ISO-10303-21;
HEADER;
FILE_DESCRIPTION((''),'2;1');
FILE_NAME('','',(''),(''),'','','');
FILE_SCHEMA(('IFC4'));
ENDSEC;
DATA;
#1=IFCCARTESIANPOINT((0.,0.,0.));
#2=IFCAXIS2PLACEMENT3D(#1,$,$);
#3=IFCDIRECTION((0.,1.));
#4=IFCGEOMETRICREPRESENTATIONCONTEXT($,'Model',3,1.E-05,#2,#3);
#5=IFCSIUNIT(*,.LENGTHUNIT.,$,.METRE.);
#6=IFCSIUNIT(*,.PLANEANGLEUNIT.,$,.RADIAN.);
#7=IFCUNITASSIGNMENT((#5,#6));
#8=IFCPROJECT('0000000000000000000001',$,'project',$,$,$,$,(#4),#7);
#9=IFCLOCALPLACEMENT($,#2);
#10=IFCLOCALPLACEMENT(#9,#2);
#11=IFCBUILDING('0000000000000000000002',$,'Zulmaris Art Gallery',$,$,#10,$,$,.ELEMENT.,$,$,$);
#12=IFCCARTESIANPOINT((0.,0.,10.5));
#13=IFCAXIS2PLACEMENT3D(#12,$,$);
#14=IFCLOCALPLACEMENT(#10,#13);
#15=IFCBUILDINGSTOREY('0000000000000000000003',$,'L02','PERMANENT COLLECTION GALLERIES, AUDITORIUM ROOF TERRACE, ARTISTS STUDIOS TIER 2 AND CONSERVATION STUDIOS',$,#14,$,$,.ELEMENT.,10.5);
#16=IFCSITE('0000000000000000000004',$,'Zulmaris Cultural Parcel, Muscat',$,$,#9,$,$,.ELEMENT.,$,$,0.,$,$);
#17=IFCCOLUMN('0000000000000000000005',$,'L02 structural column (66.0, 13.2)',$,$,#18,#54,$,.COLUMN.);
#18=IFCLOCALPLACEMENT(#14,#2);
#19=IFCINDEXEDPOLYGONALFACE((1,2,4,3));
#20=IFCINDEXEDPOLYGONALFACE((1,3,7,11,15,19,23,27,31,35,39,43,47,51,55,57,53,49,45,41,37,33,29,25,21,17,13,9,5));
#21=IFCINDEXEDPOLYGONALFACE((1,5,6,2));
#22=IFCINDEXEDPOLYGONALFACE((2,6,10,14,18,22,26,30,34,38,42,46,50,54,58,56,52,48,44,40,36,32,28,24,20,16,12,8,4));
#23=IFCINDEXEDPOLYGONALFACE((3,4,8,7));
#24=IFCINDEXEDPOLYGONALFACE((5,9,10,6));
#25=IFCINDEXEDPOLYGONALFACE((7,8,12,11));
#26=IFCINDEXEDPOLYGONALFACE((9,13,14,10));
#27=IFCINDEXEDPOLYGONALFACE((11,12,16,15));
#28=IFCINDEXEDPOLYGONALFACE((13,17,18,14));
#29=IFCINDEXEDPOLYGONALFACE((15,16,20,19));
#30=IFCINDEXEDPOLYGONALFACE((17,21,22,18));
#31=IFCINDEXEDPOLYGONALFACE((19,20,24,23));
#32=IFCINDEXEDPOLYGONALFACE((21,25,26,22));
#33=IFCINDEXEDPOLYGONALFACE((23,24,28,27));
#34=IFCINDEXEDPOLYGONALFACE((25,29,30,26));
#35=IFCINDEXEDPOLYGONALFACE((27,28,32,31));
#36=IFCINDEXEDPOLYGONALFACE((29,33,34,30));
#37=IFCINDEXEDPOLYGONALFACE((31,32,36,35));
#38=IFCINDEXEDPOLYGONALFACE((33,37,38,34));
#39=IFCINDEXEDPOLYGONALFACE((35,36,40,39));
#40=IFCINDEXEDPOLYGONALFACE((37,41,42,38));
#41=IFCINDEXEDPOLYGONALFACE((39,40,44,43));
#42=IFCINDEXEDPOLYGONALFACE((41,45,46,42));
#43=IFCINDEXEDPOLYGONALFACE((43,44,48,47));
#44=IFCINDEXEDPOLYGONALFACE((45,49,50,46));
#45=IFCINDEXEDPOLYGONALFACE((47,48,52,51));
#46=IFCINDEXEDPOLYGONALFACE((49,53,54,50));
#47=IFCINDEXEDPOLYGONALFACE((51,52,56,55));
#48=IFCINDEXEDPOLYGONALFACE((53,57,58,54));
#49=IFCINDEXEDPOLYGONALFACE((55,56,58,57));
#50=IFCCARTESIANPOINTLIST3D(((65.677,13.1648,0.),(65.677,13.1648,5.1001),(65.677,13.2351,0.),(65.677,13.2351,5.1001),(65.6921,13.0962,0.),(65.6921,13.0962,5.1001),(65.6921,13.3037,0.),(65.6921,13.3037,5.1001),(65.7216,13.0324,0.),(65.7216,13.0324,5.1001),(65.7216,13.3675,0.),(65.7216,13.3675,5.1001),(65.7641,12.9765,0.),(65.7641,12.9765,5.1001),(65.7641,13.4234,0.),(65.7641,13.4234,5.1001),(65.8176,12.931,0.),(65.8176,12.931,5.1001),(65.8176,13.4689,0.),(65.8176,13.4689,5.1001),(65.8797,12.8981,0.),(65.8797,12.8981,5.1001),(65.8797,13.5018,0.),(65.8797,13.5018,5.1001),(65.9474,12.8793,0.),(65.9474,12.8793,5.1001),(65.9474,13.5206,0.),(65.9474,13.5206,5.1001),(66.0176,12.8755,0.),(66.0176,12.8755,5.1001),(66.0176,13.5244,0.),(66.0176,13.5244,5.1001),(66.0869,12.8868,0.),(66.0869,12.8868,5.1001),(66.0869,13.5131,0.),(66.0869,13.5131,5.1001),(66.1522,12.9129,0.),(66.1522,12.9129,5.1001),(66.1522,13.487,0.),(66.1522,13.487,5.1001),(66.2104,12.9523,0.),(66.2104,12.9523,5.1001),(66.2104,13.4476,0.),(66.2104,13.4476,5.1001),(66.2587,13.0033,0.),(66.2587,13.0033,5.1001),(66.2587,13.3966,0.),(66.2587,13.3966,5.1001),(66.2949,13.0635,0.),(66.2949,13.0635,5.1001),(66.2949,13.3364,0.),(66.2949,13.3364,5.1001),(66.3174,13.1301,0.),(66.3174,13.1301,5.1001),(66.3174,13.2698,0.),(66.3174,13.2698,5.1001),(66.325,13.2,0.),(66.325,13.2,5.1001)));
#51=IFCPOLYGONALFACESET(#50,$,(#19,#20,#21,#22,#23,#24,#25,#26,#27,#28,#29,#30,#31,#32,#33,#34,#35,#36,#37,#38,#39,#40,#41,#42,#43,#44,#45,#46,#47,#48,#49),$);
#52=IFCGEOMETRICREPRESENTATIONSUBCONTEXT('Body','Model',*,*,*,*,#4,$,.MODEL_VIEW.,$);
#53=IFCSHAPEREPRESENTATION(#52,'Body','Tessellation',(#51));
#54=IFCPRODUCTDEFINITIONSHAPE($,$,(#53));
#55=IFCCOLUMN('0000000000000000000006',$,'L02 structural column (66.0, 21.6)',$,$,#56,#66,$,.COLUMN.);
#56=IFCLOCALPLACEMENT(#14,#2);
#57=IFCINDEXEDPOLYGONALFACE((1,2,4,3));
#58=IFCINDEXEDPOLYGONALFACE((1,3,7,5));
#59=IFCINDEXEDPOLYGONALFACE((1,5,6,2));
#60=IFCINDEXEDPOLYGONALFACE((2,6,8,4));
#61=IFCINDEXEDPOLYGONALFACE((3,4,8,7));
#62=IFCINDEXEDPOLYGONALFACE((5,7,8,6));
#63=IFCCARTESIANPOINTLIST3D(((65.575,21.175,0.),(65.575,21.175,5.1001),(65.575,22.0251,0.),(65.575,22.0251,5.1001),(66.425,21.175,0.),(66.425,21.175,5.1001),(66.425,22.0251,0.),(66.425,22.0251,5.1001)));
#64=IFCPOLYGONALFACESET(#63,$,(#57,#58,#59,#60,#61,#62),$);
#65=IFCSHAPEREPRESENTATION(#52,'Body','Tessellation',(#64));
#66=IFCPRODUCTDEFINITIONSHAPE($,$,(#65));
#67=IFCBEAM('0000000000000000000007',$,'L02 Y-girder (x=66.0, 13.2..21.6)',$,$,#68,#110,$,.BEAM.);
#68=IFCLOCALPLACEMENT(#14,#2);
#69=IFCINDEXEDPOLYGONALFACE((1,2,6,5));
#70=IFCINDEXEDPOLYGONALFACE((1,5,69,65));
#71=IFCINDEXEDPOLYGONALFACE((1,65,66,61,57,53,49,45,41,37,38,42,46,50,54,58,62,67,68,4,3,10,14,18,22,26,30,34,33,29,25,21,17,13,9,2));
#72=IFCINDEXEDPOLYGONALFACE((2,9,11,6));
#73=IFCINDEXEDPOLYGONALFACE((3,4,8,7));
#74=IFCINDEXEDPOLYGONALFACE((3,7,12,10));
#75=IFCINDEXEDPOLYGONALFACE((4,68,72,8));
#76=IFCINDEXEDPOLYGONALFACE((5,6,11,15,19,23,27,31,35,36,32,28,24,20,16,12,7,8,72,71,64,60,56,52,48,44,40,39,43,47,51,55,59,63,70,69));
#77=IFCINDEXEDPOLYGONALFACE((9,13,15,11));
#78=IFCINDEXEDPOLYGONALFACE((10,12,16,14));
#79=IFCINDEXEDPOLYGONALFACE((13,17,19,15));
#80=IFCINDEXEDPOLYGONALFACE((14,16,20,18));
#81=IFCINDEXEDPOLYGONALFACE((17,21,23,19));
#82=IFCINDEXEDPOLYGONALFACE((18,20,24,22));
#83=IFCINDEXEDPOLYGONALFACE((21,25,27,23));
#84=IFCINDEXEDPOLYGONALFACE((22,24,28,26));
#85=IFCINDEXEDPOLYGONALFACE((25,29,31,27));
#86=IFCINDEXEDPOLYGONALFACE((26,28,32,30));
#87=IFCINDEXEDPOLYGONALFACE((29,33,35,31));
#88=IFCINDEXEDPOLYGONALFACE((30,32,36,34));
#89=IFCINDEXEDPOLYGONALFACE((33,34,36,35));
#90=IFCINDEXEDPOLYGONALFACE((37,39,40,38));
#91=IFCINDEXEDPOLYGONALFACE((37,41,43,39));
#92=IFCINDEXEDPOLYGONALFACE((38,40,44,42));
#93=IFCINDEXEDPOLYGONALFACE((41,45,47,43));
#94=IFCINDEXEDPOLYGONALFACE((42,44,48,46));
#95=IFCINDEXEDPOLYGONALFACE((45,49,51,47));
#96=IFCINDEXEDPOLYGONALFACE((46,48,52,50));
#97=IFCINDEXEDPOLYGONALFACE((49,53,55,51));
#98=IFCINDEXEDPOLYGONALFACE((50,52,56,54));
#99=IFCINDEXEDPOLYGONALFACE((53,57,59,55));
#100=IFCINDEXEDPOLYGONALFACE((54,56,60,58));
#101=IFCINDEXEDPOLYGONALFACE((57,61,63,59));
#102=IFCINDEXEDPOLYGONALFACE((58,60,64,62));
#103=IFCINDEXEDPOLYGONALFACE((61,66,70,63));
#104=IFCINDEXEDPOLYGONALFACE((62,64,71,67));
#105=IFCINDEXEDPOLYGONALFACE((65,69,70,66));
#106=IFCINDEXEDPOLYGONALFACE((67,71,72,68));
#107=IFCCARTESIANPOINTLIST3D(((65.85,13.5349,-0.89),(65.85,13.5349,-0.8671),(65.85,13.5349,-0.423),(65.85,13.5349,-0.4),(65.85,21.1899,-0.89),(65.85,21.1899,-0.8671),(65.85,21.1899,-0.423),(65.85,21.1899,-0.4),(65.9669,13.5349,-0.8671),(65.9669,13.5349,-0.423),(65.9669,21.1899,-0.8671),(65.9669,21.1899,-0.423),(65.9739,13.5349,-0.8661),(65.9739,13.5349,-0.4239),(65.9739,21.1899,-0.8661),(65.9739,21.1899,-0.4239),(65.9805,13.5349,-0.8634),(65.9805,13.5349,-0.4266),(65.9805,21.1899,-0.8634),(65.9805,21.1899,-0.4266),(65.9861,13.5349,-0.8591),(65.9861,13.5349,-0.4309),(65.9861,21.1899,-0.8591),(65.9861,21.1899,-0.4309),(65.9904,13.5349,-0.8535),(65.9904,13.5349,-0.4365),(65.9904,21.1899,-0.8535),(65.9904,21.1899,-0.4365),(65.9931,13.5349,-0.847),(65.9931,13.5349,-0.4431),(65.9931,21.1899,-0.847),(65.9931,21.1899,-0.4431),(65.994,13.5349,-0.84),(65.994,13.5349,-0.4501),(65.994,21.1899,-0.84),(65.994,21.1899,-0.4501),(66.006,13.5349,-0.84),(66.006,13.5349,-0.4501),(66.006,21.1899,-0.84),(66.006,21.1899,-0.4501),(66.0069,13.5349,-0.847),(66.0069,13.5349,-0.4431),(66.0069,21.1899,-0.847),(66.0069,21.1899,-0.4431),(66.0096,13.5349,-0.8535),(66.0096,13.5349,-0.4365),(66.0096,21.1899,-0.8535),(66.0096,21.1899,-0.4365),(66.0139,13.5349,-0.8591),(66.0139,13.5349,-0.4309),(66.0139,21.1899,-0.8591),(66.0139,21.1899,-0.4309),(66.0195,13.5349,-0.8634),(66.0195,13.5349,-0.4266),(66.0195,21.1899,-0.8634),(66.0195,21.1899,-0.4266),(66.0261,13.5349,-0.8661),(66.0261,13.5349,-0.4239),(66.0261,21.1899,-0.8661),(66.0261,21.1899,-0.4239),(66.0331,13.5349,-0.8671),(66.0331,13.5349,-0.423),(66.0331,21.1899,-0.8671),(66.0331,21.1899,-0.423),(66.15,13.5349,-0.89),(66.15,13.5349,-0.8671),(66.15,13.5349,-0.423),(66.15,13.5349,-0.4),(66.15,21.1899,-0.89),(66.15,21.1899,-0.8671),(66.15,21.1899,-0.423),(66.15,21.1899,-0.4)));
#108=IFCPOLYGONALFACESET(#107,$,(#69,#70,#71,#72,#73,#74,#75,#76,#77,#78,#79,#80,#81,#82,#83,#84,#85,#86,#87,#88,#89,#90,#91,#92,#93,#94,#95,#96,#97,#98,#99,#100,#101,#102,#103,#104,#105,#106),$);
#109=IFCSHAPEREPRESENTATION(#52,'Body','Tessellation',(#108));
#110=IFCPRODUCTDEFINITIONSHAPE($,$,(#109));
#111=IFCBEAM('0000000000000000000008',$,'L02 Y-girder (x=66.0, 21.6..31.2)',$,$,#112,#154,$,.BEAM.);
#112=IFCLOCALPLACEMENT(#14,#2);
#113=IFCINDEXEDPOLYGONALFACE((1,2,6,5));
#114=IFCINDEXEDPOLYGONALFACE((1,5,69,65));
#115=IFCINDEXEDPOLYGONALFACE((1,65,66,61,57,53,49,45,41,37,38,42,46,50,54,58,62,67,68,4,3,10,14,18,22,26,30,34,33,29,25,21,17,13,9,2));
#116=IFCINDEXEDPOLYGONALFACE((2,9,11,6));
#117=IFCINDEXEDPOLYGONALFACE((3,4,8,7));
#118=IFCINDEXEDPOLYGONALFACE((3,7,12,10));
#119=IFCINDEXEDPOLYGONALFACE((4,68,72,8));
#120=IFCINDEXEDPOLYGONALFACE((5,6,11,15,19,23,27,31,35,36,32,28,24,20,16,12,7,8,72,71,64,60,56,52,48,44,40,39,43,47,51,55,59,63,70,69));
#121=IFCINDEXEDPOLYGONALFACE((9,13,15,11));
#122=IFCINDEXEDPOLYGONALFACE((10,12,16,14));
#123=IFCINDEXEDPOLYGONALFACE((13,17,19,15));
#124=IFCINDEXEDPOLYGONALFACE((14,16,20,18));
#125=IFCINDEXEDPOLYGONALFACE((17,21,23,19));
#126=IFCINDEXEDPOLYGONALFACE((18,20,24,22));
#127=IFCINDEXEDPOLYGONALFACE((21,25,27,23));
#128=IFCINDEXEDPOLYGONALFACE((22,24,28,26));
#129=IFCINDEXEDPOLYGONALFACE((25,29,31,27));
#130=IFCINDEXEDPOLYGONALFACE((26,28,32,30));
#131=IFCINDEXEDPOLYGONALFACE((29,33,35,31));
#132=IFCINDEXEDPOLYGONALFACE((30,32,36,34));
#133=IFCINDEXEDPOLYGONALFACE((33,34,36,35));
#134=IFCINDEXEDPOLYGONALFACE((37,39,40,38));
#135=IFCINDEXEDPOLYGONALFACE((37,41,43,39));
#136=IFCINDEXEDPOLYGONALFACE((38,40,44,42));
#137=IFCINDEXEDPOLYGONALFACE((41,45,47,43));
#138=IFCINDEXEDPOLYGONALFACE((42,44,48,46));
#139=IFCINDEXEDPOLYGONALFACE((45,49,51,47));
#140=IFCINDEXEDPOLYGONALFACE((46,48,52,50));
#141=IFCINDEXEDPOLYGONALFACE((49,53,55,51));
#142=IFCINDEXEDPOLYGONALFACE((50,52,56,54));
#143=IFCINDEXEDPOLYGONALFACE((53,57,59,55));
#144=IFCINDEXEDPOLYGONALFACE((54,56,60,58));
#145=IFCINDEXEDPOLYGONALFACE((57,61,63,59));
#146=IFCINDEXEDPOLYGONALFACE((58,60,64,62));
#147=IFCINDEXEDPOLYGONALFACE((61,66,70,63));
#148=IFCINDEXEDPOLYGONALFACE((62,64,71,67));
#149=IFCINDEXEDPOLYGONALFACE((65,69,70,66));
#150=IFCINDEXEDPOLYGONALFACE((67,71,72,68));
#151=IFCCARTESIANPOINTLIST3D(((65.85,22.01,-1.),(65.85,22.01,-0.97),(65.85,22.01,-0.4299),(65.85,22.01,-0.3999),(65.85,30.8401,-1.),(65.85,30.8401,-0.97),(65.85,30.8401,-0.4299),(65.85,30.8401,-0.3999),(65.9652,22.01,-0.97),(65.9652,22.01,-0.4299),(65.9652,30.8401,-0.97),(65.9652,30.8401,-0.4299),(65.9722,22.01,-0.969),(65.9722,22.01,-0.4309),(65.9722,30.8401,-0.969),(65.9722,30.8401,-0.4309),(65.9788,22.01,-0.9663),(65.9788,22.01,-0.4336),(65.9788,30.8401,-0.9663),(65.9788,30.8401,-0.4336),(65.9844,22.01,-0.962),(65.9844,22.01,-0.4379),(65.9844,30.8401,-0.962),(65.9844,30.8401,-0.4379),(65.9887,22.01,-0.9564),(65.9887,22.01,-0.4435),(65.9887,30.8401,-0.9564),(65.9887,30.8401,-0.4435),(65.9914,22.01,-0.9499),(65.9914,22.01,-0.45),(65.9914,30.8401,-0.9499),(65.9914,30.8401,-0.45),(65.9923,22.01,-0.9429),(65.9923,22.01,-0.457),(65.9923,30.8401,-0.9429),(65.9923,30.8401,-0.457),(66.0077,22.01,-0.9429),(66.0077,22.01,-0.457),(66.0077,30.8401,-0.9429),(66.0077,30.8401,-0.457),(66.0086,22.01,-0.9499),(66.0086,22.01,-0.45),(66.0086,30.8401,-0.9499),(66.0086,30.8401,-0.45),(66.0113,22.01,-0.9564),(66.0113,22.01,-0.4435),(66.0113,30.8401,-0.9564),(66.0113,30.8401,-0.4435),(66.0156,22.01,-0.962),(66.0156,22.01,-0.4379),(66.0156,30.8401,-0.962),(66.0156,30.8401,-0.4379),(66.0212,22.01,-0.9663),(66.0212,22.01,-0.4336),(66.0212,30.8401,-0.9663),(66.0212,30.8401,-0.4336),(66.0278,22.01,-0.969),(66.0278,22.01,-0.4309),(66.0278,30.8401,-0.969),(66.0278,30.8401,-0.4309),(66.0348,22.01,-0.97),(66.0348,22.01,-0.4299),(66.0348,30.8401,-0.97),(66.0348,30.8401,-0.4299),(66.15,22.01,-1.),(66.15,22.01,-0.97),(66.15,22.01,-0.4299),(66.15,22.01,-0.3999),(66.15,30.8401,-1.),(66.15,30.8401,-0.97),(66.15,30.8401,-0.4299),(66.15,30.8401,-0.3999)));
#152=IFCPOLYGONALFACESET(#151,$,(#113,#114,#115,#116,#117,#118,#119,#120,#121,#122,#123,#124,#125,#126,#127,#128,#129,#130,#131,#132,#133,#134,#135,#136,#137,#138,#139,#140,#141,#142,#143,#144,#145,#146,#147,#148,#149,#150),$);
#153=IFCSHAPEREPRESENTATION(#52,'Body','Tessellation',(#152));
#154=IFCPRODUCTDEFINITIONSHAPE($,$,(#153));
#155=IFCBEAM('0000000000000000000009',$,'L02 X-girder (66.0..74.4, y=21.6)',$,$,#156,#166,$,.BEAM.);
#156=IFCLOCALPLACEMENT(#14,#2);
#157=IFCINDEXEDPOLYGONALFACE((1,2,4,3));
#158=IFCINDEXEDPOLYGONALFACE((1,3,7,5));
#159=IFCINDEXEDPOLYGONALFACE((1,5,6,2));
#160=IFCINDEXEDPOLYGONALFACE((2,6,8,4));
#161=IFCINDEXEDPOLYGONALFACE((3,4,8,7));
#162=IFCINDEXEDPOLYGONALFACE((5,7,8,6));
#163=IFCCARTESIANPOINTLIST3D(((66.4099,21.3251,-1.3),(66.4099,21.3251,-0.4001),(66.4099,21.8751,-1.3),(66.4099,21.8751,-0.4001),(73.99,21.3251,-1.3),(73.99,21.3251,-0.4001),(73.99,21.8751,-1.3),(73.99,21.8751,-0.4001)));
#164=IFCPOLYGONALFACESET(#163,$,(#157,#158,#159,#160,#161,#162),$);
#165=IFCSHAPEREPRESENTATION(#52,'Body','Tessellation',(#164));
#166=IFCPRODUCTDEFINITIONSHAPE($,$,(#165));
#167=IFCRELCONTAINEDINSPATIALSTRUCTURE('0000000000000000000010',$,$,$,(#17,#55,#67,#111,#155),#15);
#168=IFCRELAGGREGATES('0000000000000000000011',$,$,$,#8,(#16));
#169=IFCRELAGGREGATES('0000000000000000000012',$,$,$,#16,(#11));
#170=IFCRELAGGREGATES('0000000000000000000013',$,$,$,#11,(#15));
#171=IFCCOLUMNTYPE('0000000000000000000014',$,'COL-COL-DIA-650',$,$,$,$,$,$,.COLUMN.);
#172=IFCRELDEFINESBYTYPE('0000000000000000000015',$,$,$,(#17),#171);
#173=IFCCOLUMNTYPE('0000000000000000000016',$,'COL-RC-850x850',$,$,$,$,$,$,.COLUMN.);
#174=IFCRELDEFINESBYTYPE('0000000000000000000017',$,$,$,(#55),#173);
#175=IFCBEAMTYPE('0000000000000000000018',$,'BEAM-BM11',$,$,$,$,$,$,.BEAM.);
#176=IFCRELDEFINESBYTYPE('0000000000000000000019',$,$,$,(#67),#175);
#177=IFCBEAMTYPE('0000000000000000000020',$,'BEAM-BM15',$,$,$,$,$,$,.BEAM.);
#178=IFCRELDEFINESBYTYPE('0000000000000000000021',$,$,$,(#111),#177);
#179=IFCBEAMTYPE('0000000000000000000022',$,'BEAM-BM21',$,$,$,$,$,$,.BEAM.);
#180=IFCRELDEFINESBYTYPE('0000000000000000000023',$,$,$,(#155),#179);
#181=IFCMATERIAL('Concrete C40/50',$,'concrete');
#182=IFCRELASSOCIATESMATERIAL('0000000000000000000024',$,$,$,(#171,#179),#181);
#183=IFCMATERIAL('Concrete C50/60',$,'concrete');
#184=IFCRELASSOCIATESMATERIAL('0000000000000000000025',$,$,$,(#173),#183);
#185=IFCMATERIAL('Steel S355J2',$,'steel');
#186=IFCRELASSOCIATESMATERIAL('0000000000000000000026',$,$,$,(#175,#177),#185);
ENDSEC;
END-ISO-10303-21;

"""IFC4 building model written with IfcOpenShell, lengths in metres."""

from ifc_helpers import new_model, si_unit, direction, frame, origin, origin_2d, place, context, subcontext, project, spatial, rectangle, circle, i_section, extrude, material, material_profile, profile_set, type_object, element, save


model = new_model("IFC4")

# Units and contexts
model_context = context("Model", 3, precision=1e-05, world=origin(), true_north=direction((0.0, 1.0)))
body_context = subcontext(model_context, "Body", "Model", "MODEL_VIEW")
ifc_project = project(units=[si_unit("LENGTHUNIT", "METRE"), si_unit("PLANEANGLEUNIT", "RADIAN")], contexts=[model_context])

# Site, building, storey
site_placement = place(None, origin())
site = spatial("IfcSite", under=ifc_project, at=site_placement, Name="Zulmaris Cultural Parcel, Muscat", CompositionType="ELEMENT", RefElevation=0.0)
building_placement = place(site_placement, origin())
building = spatial("IfcBuilding", under=site, at=building_placement, Name="Zulmaris Art Gallery", CompositionType="ELEMENT")
storey_placement = place(building_placement, frame((0.0, 0.0, 10.5)))
storey = spatial("IfcBuildingStorey", under=building, at=storey_placement, Name="L02", Description="PERMANENT COLLECTION GALLERIES, AUDITORIUM ROOF TERRACE, ARTISTS STUDIOS TIER 2 AND CONSERVATION STUDIOS", CompositionType="ELEMENT", Elevation=10.5)

# Columns
ifc_material_1 = material(Name="Concrete C40/50", Category="concrete")
ifc_material_profile_1 = material_profile(ifc_material_1, circle(Radius=0.325, at=origin_2d()), Name="COL DIA 650")
ifc_profile_set_1 = profile_set([ifc_material_profile_1], Name="Concrete C40/50")
column_type_1 = type_object("IfcColumnType", Name="COL-COL-DIA-650", PredefinedType="COLUMN", material=ifc_profile_set_1)
column_1_placement = place(storey_placement, frame((66.0, 13.2, 0.0), z_axis=(0.0, 0.0, 1.0), x_axis=(1.0, 0.0, 0.0)))
element("IfcColumn", 1, at=column_1_placement, inside=storey, type_object=column_type_1, Name="L02 structural column (66.0, 13.2)", PredefinedType="COLUMN", context=body_context, shape_type="SweptSolid", body=[
    extrude(circle(Radius=0.325, at=origin_2d()), origin(), (0.0, 0.0, 1.0), 5.1001),
])
ifc_material_2 = material(Name="Concrete C50/60", Category="concrete")
ifc_material_profile_2 = material_profile(ifc_material_2, rectangle(XDim=0.8501, YDim=0.8501, at=origin_2d()), Name="RC 850x850")
ifc_profile_set_2 = profile_set([ifc_material_profile_2], Name="Concrete C50/60")
column_type_2 = type_object("IfcColumnType", Name="COL-RC-850x850", PredefinedType="COLUMN", material=ifc_profile_set_2)
column_2_placement = place(storey_placement, frame((66.0, 21.6001, 0.0), z_axis=(0.0, 0.0, 1.0), x_axis=(1.0, 0.0, 0.0)))
element("IfcColumn", 2, at=column_2_placement, inside=storey, type_object=column_type_2, Name="L02 structural column (66.0, 21.6)", PredefinedType="COLUMN", context=body_context, shape_type="SweptSolid", body=[
    extrude(rectangle(XDim=0.8501, YDim=0.8501, at=origin_2d()), origin(), (0.0, 0.0, 1.0), 5.1001),
])

# Beams
ifc_material_3 = material(Name="Steel S355J2", Category="steel")
ifc_material_profile_3 = material_profile(ifc_material_3, i_section(OverallWidth=0.3, OverallDepth=0.49, WebThickness=0.012, FlangeThickness=0.0229, FilletRadius=0.0271, at=origin_2d()), Name="HEA 500")
ifc_profile_set_3 = profile_set([ifc_material_profile_3], Name="Steel S355J2")
beam_type_1 = type_object("IfcBeamType", Name="BEAM-BM11", PredefinedType="BEAM", material=ifc_profile_set_3)
beam_1_placement = place(storey_placement, frame((66.0, 13.5349, -0.645), z_axis=(0.0, 1.0, 0.0), x_axis=(-1.0, 0.0, 0.0)))
element("IfcBeam", 3, at=beam_1_placement, inside=storey, type_object=beam_type_1, Name="L02 Y-girder (x=66.0, 13.2..21.6)", PredefinedType="BEAM", context=body_context, shape_type="SweptSolid", body=[
    extrude(i_section(OverallWidth=0.3, OverallDepth=0.49, WebThickness=0.012, FlangeThickness=0.0229, FilletRadius=0.0271, at=origin_2d()), origin(), (0.0, 0.0, 1.0), 7.655),
])
ifc_material_profile_4 = material_profile(ifc_material_3, i_section(OverallWidth=0.3, OverallDepth=0.6001, WebThickness=0.0154, FlangeThickness=0.03, FilletRadius=0.0271, at=origin_2d()), Name="HEB 600")
ifc_profile_set_4 = profile_set([ifc_material_profile_4], Name="Steel S355J2")
beam_type_2 = type_object("IfcBeamType", Name="BEAM-BM15", PredefinedType="BEAM", material=ifc_profile_set_4)
beam_2_placement = place(storey_placement, frame((66.0, 22.01, -0.7), z_axis=(0.0, 1.0, 0.0), x_axis=(-1.0, 0.0, 0.0)))
element("IfcBeam", 4, at=beam_2_placement, inside=storey, type_object=beam_type_2, Name="L02 Y-girder (x=66.0, 21.6..31.2)", PredefinedType="BEAM", context=body_context, shape_type="SweptSolid", body=[
    extrude(i_section(OverallWidth=0.3, OverallDepth=0.6001, WebThickness=0.0154, FlangeThickness=0.03, FilletRadius=0.0271, at=origin_2d()), origin(), (0.0, 0.0, 1.0), 8.8301),
])
ifc_material_profile_5 = material_profile(ifc_material_1, rectangle(XDim=0.55, YDim=0.8999, at=origin_2d()), Name="RC 550x900")
ifc_profile_set_5 = profile_set([ifc_material_profile_5], Name="Concrete C40/50")
beam_type_3 = type_object("IfcBeamType", Name="BEAM-BM21", PredefinedType="BEAM", material=ifc_profile_set_5)
beam_3_placement = place(storey_placement, frame((66.4099, 21.6001, -0.8501), z_axis=(1.0, 0.0, 0.0), x_axis=(0.0, 1.0, 0.0)))
element("IfcBeam", 5, at=beam_3_placement, inside=storey, type_object=beam_type_3, Name="L02 X-girder (66.0..74.4, y=21.6)", PredefinedType="BEAM", context=body_context, shape_type="SweptSolid", body=[
    extrude(rectangle(XDim=0.55, YDim=0.8999, at=origin_2d()), origin(), (0.0, 0.0, 1.0), 7.5801),
])

save(model, "model.ifc")
